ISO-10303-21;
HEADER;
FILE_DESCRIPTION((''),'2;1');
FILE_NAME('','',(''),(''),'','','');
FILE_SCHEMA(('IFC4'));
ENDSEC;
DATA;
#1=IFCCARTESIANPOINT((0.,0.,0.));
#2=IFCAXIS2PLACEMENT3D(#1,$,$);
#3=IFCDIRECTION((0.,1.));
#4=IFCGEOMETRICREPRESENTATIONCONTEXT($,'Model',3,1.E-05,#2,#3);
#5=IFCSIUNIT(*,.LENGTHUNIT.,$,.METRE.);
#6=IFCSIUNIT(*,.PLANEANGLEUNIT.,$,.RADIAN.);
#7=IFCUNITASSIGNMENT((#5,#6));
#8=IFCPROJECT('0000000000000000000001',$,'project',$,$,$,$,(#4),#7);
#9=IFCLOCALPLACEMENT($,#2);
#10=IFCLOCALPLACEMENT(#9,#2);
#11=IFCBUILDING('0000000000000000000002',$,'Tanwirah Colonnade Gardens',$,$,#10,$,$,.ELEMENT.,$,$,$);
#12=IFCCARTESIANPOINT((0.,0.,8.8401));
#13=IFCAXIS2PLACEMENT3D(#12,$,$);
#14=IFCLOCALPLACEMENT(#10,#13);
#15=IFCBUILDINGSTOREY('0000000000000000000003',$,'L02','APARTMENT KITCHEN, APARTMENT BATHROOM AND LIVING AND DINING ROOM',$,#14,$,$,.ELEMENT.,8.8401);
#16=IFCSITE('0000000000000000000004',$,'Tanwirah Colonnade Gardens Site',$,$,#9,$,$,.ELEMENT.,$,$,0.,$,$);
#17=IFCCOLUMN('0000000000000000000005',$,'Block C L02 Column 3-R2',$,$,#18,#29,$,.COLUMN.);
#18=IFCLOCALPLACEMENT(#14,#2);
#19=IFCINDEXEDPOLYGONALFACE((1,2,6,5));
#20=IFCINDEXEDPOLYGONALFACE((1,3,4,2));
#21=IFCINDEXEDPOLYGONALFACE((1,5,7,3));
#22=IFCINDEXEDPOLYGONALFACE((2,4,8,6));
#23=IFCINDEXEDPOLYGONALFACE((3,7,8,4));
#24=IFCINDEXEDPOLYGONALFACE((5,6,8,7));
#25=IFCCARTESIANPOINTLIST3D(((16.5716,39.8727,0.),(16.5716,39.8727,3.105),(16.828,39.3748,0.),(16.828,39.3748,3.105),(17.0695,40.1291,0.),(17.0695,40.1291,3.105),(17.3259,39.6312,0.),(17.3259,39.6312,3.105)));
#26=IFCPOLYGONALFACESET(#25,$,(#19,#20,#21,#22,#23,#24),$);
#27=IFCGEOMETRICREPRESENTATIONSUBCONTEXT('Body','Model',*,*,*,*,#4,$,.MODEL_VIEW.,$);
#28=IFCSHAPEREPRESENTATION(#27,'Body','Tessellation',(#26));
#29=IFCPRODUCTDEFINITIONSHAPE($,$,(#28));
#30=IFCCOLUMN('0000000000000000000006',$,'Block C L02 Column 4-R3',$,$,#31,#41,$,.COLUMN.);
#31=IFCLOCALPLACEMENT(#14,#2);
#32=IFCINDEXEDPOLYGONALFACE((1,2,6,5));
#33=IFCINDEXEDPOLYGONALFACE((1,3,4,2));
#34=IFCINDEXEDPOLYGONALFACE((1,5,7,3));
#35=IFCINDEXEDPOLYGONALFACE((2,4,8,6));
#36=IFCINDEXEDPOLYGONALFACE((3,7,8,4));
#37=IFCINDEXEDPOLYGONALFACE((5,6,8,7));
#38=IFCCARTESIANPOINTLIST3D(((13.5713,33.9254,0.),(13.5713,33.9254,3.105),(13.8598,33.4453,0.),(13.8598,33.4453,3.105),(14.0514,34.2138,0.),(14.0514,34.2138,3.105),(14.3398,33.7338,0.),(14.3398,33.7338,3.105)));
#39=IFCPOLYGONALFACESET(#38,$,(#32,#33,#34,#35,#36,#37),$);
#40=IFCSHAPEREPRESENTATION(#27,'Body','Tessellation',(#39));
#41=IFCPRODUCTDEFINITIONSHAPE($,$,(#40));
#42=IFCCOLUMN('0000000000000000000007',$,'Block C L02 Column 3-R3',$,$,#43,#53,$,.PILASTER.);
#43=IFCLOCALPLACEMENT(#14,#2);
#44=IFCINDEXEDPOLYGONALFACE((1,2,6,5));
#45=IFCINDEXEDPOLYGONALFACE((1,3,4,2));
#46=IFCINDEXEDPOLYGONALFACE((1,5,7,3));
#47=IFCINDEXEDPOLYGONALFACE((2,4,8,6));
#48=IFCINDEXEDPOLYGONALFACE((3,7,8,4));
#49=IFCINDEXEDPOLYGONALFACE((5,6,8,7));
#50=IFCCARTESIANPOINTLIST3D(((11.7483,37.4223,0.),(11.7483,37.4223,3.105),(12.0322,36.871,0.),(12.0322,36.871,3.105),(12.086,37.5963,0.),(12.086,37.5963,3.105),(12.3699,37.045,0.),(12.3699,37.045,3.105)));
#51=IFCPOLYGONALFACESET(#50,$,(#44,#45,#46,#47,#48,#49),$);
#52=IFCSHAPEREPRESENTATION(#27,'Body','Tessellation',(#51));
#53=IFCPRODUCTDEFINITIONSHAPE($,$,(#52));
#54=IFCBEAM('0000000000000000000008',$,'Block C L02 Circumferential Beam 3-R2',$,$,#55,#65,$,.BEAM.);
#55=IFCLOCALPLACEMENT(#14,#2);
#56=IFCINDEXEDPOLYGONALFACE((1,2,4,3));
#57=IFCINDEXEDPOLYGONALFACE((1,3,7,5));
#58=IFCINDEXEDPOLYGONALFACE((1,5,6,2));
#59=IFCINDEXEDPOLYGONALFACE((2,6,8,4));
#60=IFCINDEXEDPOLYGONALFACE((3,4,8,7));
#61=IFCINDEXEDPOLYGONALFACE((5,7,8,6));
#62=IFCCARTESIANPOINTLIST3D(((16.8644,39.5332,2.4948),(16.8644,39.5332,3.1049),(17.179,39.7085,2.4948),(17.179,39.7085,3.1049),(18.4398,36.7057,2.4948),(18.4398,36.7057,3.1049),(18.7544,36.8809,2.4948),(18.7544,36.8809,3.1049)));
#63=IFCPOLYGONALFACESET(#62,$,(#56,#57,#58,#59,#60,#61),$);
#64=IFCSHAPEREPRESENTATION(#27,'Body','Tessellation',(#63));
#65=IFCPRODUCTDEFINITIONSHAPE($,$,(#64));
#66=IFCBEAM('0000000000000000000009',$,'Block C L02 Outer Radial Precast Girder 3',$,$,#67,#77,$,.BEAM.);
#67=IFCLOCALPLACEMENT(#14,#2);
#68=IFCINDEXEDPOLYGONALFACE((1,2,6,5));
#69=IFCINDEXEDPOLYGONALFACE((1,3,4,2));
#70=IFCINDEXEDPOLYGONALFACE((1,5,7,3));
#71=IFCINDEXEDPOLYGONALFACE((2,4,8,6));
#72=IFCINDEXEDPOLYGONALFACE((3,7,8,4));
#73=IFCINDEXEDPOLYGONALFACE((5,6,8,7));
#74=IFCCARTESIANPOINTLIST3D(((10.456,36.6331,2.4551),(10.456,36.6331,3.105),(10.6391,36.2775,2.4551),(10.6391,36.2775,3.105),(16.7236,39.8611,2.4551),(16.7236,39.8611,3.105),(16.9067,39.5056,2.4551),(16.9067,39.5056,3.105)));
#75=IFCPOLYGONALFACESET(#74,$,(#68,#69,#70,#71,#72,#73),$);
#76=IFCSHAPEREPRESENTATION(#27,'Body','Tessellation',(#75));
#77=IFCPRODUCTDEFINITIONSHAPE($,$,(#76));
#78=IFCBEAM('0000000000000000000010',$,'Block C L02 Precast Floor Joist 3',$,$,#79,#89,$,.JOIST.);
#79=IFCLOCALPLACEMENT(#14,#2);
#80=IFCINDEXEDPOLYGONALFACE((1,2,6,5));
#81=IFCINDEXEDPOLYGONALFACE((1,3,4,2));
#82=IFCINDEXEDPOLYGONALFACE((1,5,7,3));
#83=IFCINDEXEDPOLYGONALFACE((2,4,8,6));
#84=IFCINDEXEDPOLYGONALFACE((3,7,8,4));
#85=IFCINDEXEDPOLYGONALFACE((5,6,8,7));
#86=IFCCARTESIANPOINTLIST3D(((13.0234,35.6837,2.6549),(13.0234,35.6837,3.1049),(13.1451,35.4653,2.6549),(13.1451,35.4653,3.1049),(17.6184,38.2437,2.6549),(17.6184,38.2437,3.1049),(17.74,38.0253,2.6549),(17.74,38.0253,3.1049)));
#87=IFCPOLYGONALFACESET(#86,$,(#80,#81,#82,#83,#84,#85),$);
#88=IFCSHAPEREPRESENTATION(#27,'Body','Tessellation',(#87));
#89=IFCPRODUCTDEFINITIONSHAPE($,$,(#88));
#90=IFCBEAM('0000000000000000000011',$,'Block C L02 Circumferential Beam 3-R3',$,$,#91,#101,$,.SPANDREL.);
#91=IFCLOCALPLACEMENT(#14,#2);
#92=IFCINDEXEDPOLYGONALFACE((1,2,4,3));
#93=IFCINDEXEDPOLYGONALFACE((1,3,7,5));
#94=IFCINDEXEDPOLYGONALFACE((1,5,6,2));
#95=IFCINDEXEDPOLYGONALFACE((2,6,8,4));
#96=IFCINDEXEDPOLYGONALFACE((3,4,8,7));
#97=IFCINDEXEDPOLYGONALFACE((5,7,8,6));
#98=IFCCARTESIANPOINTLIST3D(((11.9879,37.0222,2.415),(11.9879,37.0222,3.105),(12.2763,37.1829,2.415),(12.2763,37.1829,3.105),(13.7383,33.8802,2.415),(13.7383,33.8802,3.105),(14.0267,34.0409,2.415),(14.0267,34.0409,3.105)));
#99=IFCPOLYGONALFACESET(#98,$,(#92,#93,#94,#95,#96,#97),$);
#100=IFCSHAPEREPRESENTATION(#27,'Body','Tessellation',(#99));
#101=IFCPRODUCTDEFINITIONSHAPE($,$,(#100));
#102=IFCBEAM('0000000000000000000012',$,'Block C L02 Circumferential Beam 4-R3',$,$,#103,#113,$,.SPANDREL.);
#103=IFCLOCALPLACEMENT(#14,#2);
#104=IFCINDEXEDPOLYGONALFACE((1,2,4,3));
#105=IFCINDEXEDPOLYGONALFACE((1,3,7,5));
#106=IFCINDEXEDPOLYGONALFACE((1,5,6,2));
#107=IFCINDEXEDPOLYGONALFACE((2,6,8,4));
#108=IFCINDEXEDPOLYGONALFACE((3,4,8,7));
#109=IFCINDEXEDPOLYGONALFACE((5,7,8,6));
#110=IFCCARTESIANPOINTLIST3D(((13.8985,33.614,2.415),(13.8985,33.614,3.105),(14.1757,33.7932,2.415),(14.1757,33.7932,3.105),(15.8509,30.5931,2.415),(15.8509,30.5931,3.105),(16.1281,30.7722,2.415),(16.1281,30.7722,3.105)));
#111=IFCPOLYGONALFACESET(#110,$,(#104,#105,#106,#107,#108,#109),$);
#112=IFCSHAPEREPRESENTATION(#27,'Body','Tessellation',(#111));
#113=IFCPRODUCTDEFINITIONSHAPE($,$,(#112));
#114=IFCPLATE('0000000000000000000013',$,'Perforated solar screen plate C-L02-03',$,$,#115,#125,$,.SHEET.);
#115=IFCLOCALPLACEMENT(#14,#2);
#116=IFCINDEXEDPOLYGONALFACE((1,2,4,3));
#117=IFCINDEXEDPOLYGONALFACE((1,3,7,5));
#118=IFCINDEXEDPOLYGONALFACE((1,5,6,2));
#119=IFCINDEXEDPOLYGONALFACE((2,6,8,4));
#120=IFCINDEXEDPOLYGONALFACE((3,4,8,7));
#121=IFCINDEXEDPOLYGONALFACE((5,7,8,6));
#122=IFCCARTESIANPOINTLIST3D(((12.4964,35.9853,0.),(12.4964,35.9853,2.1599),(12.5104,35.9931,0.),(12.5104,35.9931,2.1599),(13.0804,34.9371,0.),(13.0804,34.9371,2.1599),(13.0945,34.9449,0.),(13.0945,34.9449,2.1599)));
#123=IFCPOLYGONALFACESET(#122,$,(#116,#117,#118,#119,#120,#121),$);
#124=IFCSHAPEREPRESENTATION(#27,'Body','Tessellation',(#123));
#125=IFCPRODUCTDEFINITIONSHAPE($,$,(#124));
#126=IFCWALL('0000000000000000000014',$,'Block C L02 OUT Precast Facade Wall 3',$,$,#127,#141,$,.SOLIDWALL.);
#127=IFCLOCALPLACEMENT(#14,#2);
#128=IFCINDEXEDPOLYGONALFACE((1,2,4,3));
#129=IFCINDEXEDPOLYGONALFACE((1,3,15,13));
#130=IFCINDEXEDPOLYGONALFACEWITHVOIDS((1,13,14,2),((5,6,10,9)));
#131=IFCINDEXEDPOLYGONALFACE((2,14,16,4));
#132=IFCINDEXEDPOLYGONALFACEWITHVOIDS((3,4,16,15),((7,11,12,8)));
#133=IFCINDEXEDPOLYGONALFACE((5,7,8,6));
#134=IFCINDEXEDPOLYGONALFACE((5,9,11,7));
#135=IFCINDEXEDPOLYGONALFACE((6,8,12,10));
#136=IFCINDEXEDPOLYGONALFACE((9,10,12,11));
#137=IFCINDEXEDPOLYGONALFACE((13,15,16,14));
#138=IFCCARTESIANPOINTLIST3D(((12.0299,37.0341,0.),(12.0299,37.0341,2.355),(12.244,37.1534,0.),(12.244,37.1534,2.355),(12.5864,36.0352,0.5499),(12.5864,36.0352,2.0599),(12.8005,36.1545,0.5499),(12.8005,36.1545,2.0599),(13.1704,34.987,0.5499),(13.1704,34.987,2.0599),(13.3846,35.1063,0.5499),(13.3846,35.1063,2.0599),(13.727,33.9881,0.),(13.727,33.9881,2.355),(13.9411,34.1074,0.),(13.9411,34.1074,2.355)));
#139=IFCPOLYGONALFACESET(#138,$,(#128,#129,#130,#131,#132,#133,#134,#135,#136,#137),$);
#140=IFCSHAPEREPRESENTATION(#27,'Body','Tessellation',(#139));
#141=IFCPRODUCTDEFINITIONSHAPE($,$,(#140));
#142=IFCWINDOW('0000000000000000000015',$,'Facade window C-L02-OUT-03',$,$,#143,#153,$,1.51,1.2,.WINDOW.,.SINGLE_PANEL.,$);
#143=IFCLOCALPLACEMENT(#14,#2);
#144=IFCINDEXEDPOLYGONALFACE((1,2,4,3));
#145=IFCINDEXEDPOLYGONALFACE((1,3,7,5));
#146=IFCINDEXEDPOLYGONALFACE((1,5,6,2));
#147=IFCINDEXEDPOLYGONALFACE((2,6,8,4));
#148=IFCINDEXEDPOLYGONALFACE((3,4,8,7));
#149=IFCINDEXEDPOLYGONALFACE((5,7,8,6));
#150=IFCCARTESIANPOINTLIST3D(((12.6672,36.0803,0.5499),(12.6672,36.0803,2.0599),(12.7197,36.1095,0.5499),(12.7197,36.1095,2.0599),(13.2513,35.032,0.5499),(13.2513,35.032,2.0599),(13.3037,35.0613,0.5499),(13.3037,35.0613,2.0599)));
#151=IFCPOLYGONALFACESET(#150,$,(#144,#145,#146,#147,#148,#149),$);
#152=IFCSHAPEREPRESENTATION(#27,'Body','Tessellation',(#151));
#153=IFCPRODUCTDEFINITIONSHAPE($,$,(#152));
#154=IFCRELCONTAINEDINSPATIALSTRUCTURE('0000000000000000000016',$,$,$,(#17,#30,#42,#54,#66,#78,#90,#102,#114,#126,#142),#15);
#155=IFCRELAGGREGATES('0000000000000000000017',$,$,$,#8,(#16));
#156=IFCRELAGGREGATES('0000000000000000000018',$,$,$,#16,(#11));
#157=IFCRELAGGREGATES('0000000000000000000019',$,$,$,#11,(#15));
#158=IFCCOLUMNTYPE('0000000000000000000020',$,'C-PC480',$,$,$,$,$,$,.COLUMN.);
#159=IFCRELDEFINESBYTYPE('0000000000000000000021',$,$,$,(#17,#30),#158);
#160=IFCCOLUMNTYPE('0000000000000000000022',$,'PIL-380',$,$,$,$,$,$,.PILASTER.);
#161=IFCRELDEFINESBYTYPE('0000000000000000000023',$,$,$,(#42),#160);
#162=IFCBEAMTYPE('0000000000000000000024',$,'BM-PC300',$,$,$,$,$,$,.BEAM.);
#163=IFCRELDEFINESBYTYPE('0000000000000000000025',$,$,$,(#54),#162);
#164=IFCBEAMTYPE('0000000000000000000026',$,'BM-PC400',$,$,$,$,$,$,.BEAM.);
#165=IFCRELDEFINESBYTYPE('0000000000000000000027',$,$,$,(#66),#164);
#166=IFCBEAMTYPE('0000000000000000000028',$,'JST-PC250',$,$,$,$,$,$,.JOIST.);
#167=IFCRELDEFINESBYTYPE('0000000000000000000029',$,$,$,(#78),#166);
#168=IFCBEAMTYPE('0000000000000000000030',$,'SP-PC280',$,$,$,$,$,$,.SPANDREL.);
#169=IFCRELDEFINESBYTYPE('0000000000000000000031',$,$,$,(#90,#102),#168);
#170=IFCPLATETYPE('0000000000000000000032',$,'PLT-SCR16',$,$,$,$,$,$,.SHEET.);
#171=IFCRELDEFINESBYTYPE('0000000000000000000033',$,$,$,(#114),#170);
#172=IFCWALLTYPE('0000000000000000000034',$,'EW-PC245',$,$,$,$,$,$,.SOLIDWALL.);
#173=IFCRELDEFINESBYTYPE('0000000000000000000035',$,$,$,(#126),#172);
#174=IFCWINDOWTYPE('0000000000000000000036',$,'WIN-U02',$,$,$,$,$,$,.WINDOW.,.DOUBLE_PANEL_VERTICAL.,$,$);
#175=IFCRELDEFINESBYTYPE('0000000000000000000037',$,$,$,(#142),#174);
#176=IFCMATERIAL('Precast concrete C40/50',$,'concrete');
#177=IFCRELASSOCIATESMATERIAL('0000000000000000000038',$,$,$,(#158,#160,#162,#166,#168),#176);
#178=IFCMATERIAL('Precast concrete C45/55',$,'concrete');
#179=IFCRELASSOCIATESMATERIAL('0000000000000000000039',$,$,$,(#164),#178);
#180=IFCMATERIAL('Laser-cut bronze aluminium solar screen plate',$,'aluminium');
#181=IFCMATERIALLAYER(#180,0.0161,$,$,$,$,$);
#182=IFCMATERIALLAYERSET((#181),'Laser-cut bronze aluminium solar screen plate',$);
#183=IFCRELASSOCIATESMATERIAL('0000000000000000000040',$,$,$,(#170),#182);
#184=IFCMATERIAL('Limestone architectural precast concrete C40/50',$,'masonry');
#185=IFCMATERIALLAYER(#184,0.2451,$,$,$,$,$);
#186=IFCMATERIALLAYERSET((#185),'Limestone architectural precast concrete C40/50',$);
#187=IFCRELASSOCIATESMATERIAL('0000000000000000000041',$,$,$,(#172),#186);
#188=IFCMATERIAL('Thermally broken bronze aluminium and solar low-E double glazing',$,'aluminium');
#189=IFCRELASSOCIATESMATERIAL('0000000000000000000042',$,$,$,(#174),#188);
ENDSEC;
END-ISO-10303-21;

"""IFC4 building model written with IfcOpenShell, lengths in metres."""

from ifc_helpers import new_model, si_unit, direction, frame, frame_2d, origin, origin_2d, place, context, subcontext, project, spatial, rectangle, extrude, material, layer, layer_set, material_profile, profile_set, type_object, element, fill, save


model = new_model("IFC4")

# Units and contexts
model_context = context("Model", 3, precision=1e-05, world=origin(), true_north=direction((0.0, 1.0)))
body_context = subcontext(model_context, "Body", "Model", "MODEL_VIEW")
ifc_project = project(units=[si_unit("LENGTHUNIT", "METRE"), si_unit("PLANEANGLEUNIT", "RADIAN")], contexts=[model_context])

# Site, building, storey
site_placement = place(None, origin())
site = spatial("IfcSite", under=ifc_project, at=site_placement, Name="Tanwirah Colonnade Gardens Site", CompositionType="ELEMENT", RefElevation=0.0)
building_placement = place(site_placement, origin())
building = spatial("IfcBuilding", under=site, at=building_placement, Name="Tanwirah Colonnade Gardens", CompositionType="ELEMENT")
storey_placement = place(building_placement, frame((0.0, 0.0, 8.8401)))
storey = spatial("IfcBuildingStorey", under=building, at=storey_placement, Name="L02", Description="APARTMENT KITCHEN, APARTMENT BATHROOM AND LIVING AND DINING ROOM", CompositionType="ELEMENT", Elevation=8.8401)

# Columns
ifc_material_1 = material(Name="Precast concrete C40/50", Category="concrete")
ifc_material_profile_1 = material_profile(ifc_material_1, rectangle(XDim=0.5601, YDim=0.5601, at=origin_2d()), Name="PC-COL 560x560")
ifc_profile_set_1 = profile_set([ifc_material_profile_1], Name="Precast concrete C40/50")
column_type_1 = type_object("IfcColumnType", Name="C-PC480", PredefinedType="COLUMN", material=ifc_profile_set_1)
for number, where, z_axis, x_axis, name in (
    (1, (16.9487, 39.752, 0.0), (0.0, 0.0, 1.0), (-0.889017, -0.457874, 0.0), "Block C L02 Column 3-R2"),
    (2, (13.9556, 33.8296, 0.0), (0.0, 0.0, 1.0), (-0.857167, -0.515038, 0.0), "Block C L02 Column 4-R3"),
):
    element("IfcColumn", number, at=place(storey_placement, frame(where, z_axis=z_axis, x_axis=x_axis)), inside=storey, type_object=column_type_1, Name=name, PredefinedType="COLUMN", context=body_context, shape_type="SweptSolid", body=[
        extrude(rectangle(XDim=0.5601, YDim=0.5601, at=origin_2d()), origin(), (0.0, 0.0, 1.0), 3.105),
    ])
ifc_material_profile_2 = material_profile(ifc_material_1, rectangle(XDim=0.3799, YDim=0.6201, at=origin_2d()), Name="PC-PIL 380x620")
ifc_profile_set_2 = profile_set([ifc_material_profile_2], Name="Precast concrete C40/50")
column_type_2 = type_object("IfcColumnType", Name="PIL-380", PredefinedType="PILASTER", material=ifc_profile_set_2)
column_placement = place(storey_placement, frame((12.0591, 37.2336, 0.0), z_axis=(0.0, 0.0, 1.0), x_axis=(-0.889017, -0.457874, 0.0)))
element("IfcColumn", 3, at=column_placement, inside=storey, type_object=column_type_2, Name="Block C L02 Column 3-R3", PredefinedType="PILASTER", context=body_context, shape_type="SweptSolid", body=[
    extrude(rectangle(XDim=0.3799, YDim=0.6201, at=origin_2d()), origin(), (0.0, 0.0, 1.0), 3.105),
])

# Beams
ifc_material_profile_3 = material_profile(ifc_material_1, rectangle(XDim=0.3601, YDim=0.6101, at=origin_2d()), Name="PC-BM 360x610")
ifc_profile_set_3 = profile_set([ifc_material_profile_3], Name="Precast concrete C40/50")
beam_type_1 = type_object("IfcBeamType", Name="BM-PC300", PredefinedType="BEAM", material=ifc_profile_set_3)
beam_1_placement = place(storey_placement, frame((17.0217, 39.6208, 2.7998), z_axis=(0.486712, -0.873562, 0.0), x_axis=(0.873562, 0.486712, 0.0)))
element("IfcBeam", 4, at=beam_1_placement, inside=storey, type_object=beam_type_1, Name="Block C L02 Circumferential Beam 3-R2", PredefinedType="BEAM", context=body_context, shape_type="SweptSolid", body=[
    extrude(rectangle(XDim=0.3601, YDim=0.6101, at=origin_2d()), origin(), (0.0, 0.0, 1.0), 3.2368),
])
ifc_material_2 = material(Name="Precast concrete C45/55", Category="concrete")
ifc_material_profile_4 = material_profile(ifc_material_2, rectangle(XDim=0.3999, YDim=0.6499, at=origin_2d()), Name="PC-BM 400x650")
ifc_profile_set_4 = profile_set([ifc_material_profile_4], Name="Precast concrete C45/55")
beam_type_2 = type_object("IfcBeamType", Name="BM-PC400", PredefinedType="BEAM", material=ifc_profile_set_4)
beam_2_placement = place(storey_placement, frame((16.8152, 39.6833, 2.78), z_axis=(-0.889016, -0.457875, 0.0), x_axis=(0.457875, -0.889016, 0.0)))
element("IfcBeam", 5, at=beam_2_placement, inside=storey, type_object=beam_type_2, Name="Block C L02 Outer Radial Precast Girder 3", PredefinedType="BEAM", context=body_context, shape_type="SweptSolid", body=[
    extrude(rectangle(XDim=0.3999, YDim=0.6499, at=origin_2d()), origin(), (0.0, 0.0, 1.0), 7.05),
])
ifc_material_profile_5 = material_profile(ifc_material_1, rectangle(XDim=0.25, YDim=0.45, at=origin_2d()), Name="PC-JST 250x450")
ifc_profile_set_5 = profile_set([ifc_material_profile_5], Name="Precast concrete C40/50")
beam_type_3 = type_object("IfcBeamType", Name="JST-PC250", PredefinedType="JOIST", material=ifc_profile_set_5)
beam_3_placement = place(storey_placement, frame((17.6792, 38.1345, 2.8799), z_axis=(-0.873568, -0.486703, 0.0), x_axis=(0.486703, -0.873568, 0.0)))
element("IfcBeam", 6, at=beam_3_placement, inside=storey, type_object=beam_type_3, Name="Block C L02 Precast Floor Joist 3", PredefinedType="JOIST", context=body_context, shape_type="SweptSolid", body=[
    extrude(rectangle(XDim=0.25, YDim=0.45, at=origin_2d()), origin(), (0.0, 0.0, 1.0), 5.26),
])
ifc_material_profile_6 = material_profile(ifc_material_1, rectangle(XDim=0.3301, YDim=0.6899, at=origin_2d()), Name="PC-SP 330x690")
ifc_profile_set_6 = profile_set([ifc_material_profile_6], Name="Precast concrete C40/50")
beam_type_4 = type_object("IfcBeamType", Name="SP-PC280", PredefinedType="SPANDREL", material=ifc_profile_set_6)
beam_4_placement = place(storey_placement, frame((12.1321, 37.1025, 2.76), z_axis=(0.48668, -0.87358, 0.0), x_axis=(0.87358, 0.48668, 0.0)))
element("IfcBeam", 7, at=beam_4_placement, inside=storey, type_object=beam_type_4, Name="Block C L02 Circumferential Beam 3-R3", PredefinedType="SPANDREL", context=body_context, shape_type="SweptSolid", body=[
    extrude(rectangle(XDim=0.3301, YDim=0.6899, at=origin_2d()), origin(), (0.0, 0.0, 1.0), 3.5967),
])
beam_5_placement = place(storey_placement, frame((14.0371, 33.7036, 2.76), z_axis=(0.542787, -0.83987, 0.0), x_axis=(0.83987, 0.542787, 0.0)))
element("IfcBeam", 8, at=beam_5_placement, inside=storey, type_object=beam_type_4, Name="Block C L02 Circumferential Beam 4-R3", PredefinedType="SPANDREL", context=body_context, shape_type="SweptSolid", body=[
    extrude(rectangle(XDim=0.3301, YDim=0.6899, at=origin_2d()), origin(), (0.0, 0.0, 1.0), 3.5969),
])

# Plate
ifc_material_3 = material(Name="Laser-cut bronze aluminium solar screen plate", Category="aluminium")
ifc_layer_1 = layer(ifc_material_3, 0.0161)
ifc_layer_set_1 = layer_set([ifc_layer_1], Name="Laser-cut bronze aluminium solar screen plate")
plate_type = type_object("IfcPlateType", Name="PLT-SCR16", PredefinedType="SHEET", material=ifc_layer_set_1)
plate_placement = place(storey_placement, frame((12.7954, 35.4651, 0.0), z_axis=(0.0, 0.0, 1.0), x_axis=(0.486717, -0.873559, 0.0)))
element("IfcPlate", 9, at=plate_placement, inside=storey, type_object=plate_type, Name="Perforated solar screen plate C-L02-03", PredefinedType="SHEET", context=body_context, shape_type="SweptSolid", body=[
    extrude(rectangle(XDim=1.2, YDim=0.0161, at=origin_2d()), origin(), (0.0, 0.0, 1.0), 2.1599),
])

# Shared definitions
ifc_material_4 = material(Name="Limestone architectural precast concrete C40/50", Category="masonry")
ifc_layer_2 = layer(ifc_material_4, 0.2451)
ifc_layer_set_2 = layer_set([ifc_layer_2], Name="Limestone architectural precast concrete C40/50")
wall_type_1 = type_object("IfcWallType", Name="EW-PC245", PredefinedType="SOLIDWALL", material=ifc_layer_set_2)

# Wall, opening, window
wall_1_placement = place(storey_placement, frame((12.137, 37.0938, 0.0), z_axis=(0.0, 0.0, 1.0), x_axis=(0.486707, -0.873565, 0.0)))
wall_1 = element("IfcWall", 10, at=wall_1_placement, inside=storey, type_object=wall_type_1, Name="Block C L02 OUT Precast Facade Wall 3", PredefinedType="SOLIDWALL", context=body_context, shape_type="SweptSolid", body=[
    extrude(rectangle(XDim=3.4868, YDim=0.2451, at=frame_2d((1.7434, 0.0))), origin(), (0.0, 0.0, 1.0), 2.355),
])
opening_1_placement = place(wall_1_placement, frame((1.1433, 0.0, 0.55)))
opening_1 = element("IfcOpeningElement", 11, at=opening_1_placement, cuts=wall_1, PredefinedType="OPENING", context=body_context, shape_type="SweptSolid", body=[
    extrude(rectangle(XDim=1.2, YDim=1.51, at=frame_2d((0.6001, 0.7549))), frame((0.0, 0.1326, 0.0), z_axis=(0.0, -1.0, 0.0), x_axis=(1.0, 0.0, 0.0)), (0.0, 0.0, 1.0), 0.2651),
])
ifc_material_5 = material(Name="Thermally broken bronze aluminium and solar low-E double glazing", Category="aluminium")
window_type_1 = type_object("IfcWindowType", Name="WIN-U02", PartitioningType="DOUBLE_PANEL_VERTICAL", PredefinedType="WINDOW", material=ifc_material_5)
window_1_placement = place(opening_1_placement, origin())
window_1 = element("IfcWindow", 12, at=window_1_placement, inside=storey, type_object=window_type_1, Name="Facade window C-L02-OUT-03", OverallHeight=1.51, OverallWidth=1.2, PartitioningType="SINGLE_PANEL", PredefinedType="WINDOW", context=body_context, shape_type="SweptSolid", body=[
    extrude(rectangle(XDim=1.2, YDim=1.51, at=frame_2d((0.6001, 0.7549))), frame((0.0, 0.03, 0.0), z_axis=(0.0, -1.0, 0.0), x_axis=(1.0, 0.0, 0.0)), (0.0, 0.0, 1.0), 0.0601),
])
fill(opening_1, window_1)

save(model, "model.ifc")
